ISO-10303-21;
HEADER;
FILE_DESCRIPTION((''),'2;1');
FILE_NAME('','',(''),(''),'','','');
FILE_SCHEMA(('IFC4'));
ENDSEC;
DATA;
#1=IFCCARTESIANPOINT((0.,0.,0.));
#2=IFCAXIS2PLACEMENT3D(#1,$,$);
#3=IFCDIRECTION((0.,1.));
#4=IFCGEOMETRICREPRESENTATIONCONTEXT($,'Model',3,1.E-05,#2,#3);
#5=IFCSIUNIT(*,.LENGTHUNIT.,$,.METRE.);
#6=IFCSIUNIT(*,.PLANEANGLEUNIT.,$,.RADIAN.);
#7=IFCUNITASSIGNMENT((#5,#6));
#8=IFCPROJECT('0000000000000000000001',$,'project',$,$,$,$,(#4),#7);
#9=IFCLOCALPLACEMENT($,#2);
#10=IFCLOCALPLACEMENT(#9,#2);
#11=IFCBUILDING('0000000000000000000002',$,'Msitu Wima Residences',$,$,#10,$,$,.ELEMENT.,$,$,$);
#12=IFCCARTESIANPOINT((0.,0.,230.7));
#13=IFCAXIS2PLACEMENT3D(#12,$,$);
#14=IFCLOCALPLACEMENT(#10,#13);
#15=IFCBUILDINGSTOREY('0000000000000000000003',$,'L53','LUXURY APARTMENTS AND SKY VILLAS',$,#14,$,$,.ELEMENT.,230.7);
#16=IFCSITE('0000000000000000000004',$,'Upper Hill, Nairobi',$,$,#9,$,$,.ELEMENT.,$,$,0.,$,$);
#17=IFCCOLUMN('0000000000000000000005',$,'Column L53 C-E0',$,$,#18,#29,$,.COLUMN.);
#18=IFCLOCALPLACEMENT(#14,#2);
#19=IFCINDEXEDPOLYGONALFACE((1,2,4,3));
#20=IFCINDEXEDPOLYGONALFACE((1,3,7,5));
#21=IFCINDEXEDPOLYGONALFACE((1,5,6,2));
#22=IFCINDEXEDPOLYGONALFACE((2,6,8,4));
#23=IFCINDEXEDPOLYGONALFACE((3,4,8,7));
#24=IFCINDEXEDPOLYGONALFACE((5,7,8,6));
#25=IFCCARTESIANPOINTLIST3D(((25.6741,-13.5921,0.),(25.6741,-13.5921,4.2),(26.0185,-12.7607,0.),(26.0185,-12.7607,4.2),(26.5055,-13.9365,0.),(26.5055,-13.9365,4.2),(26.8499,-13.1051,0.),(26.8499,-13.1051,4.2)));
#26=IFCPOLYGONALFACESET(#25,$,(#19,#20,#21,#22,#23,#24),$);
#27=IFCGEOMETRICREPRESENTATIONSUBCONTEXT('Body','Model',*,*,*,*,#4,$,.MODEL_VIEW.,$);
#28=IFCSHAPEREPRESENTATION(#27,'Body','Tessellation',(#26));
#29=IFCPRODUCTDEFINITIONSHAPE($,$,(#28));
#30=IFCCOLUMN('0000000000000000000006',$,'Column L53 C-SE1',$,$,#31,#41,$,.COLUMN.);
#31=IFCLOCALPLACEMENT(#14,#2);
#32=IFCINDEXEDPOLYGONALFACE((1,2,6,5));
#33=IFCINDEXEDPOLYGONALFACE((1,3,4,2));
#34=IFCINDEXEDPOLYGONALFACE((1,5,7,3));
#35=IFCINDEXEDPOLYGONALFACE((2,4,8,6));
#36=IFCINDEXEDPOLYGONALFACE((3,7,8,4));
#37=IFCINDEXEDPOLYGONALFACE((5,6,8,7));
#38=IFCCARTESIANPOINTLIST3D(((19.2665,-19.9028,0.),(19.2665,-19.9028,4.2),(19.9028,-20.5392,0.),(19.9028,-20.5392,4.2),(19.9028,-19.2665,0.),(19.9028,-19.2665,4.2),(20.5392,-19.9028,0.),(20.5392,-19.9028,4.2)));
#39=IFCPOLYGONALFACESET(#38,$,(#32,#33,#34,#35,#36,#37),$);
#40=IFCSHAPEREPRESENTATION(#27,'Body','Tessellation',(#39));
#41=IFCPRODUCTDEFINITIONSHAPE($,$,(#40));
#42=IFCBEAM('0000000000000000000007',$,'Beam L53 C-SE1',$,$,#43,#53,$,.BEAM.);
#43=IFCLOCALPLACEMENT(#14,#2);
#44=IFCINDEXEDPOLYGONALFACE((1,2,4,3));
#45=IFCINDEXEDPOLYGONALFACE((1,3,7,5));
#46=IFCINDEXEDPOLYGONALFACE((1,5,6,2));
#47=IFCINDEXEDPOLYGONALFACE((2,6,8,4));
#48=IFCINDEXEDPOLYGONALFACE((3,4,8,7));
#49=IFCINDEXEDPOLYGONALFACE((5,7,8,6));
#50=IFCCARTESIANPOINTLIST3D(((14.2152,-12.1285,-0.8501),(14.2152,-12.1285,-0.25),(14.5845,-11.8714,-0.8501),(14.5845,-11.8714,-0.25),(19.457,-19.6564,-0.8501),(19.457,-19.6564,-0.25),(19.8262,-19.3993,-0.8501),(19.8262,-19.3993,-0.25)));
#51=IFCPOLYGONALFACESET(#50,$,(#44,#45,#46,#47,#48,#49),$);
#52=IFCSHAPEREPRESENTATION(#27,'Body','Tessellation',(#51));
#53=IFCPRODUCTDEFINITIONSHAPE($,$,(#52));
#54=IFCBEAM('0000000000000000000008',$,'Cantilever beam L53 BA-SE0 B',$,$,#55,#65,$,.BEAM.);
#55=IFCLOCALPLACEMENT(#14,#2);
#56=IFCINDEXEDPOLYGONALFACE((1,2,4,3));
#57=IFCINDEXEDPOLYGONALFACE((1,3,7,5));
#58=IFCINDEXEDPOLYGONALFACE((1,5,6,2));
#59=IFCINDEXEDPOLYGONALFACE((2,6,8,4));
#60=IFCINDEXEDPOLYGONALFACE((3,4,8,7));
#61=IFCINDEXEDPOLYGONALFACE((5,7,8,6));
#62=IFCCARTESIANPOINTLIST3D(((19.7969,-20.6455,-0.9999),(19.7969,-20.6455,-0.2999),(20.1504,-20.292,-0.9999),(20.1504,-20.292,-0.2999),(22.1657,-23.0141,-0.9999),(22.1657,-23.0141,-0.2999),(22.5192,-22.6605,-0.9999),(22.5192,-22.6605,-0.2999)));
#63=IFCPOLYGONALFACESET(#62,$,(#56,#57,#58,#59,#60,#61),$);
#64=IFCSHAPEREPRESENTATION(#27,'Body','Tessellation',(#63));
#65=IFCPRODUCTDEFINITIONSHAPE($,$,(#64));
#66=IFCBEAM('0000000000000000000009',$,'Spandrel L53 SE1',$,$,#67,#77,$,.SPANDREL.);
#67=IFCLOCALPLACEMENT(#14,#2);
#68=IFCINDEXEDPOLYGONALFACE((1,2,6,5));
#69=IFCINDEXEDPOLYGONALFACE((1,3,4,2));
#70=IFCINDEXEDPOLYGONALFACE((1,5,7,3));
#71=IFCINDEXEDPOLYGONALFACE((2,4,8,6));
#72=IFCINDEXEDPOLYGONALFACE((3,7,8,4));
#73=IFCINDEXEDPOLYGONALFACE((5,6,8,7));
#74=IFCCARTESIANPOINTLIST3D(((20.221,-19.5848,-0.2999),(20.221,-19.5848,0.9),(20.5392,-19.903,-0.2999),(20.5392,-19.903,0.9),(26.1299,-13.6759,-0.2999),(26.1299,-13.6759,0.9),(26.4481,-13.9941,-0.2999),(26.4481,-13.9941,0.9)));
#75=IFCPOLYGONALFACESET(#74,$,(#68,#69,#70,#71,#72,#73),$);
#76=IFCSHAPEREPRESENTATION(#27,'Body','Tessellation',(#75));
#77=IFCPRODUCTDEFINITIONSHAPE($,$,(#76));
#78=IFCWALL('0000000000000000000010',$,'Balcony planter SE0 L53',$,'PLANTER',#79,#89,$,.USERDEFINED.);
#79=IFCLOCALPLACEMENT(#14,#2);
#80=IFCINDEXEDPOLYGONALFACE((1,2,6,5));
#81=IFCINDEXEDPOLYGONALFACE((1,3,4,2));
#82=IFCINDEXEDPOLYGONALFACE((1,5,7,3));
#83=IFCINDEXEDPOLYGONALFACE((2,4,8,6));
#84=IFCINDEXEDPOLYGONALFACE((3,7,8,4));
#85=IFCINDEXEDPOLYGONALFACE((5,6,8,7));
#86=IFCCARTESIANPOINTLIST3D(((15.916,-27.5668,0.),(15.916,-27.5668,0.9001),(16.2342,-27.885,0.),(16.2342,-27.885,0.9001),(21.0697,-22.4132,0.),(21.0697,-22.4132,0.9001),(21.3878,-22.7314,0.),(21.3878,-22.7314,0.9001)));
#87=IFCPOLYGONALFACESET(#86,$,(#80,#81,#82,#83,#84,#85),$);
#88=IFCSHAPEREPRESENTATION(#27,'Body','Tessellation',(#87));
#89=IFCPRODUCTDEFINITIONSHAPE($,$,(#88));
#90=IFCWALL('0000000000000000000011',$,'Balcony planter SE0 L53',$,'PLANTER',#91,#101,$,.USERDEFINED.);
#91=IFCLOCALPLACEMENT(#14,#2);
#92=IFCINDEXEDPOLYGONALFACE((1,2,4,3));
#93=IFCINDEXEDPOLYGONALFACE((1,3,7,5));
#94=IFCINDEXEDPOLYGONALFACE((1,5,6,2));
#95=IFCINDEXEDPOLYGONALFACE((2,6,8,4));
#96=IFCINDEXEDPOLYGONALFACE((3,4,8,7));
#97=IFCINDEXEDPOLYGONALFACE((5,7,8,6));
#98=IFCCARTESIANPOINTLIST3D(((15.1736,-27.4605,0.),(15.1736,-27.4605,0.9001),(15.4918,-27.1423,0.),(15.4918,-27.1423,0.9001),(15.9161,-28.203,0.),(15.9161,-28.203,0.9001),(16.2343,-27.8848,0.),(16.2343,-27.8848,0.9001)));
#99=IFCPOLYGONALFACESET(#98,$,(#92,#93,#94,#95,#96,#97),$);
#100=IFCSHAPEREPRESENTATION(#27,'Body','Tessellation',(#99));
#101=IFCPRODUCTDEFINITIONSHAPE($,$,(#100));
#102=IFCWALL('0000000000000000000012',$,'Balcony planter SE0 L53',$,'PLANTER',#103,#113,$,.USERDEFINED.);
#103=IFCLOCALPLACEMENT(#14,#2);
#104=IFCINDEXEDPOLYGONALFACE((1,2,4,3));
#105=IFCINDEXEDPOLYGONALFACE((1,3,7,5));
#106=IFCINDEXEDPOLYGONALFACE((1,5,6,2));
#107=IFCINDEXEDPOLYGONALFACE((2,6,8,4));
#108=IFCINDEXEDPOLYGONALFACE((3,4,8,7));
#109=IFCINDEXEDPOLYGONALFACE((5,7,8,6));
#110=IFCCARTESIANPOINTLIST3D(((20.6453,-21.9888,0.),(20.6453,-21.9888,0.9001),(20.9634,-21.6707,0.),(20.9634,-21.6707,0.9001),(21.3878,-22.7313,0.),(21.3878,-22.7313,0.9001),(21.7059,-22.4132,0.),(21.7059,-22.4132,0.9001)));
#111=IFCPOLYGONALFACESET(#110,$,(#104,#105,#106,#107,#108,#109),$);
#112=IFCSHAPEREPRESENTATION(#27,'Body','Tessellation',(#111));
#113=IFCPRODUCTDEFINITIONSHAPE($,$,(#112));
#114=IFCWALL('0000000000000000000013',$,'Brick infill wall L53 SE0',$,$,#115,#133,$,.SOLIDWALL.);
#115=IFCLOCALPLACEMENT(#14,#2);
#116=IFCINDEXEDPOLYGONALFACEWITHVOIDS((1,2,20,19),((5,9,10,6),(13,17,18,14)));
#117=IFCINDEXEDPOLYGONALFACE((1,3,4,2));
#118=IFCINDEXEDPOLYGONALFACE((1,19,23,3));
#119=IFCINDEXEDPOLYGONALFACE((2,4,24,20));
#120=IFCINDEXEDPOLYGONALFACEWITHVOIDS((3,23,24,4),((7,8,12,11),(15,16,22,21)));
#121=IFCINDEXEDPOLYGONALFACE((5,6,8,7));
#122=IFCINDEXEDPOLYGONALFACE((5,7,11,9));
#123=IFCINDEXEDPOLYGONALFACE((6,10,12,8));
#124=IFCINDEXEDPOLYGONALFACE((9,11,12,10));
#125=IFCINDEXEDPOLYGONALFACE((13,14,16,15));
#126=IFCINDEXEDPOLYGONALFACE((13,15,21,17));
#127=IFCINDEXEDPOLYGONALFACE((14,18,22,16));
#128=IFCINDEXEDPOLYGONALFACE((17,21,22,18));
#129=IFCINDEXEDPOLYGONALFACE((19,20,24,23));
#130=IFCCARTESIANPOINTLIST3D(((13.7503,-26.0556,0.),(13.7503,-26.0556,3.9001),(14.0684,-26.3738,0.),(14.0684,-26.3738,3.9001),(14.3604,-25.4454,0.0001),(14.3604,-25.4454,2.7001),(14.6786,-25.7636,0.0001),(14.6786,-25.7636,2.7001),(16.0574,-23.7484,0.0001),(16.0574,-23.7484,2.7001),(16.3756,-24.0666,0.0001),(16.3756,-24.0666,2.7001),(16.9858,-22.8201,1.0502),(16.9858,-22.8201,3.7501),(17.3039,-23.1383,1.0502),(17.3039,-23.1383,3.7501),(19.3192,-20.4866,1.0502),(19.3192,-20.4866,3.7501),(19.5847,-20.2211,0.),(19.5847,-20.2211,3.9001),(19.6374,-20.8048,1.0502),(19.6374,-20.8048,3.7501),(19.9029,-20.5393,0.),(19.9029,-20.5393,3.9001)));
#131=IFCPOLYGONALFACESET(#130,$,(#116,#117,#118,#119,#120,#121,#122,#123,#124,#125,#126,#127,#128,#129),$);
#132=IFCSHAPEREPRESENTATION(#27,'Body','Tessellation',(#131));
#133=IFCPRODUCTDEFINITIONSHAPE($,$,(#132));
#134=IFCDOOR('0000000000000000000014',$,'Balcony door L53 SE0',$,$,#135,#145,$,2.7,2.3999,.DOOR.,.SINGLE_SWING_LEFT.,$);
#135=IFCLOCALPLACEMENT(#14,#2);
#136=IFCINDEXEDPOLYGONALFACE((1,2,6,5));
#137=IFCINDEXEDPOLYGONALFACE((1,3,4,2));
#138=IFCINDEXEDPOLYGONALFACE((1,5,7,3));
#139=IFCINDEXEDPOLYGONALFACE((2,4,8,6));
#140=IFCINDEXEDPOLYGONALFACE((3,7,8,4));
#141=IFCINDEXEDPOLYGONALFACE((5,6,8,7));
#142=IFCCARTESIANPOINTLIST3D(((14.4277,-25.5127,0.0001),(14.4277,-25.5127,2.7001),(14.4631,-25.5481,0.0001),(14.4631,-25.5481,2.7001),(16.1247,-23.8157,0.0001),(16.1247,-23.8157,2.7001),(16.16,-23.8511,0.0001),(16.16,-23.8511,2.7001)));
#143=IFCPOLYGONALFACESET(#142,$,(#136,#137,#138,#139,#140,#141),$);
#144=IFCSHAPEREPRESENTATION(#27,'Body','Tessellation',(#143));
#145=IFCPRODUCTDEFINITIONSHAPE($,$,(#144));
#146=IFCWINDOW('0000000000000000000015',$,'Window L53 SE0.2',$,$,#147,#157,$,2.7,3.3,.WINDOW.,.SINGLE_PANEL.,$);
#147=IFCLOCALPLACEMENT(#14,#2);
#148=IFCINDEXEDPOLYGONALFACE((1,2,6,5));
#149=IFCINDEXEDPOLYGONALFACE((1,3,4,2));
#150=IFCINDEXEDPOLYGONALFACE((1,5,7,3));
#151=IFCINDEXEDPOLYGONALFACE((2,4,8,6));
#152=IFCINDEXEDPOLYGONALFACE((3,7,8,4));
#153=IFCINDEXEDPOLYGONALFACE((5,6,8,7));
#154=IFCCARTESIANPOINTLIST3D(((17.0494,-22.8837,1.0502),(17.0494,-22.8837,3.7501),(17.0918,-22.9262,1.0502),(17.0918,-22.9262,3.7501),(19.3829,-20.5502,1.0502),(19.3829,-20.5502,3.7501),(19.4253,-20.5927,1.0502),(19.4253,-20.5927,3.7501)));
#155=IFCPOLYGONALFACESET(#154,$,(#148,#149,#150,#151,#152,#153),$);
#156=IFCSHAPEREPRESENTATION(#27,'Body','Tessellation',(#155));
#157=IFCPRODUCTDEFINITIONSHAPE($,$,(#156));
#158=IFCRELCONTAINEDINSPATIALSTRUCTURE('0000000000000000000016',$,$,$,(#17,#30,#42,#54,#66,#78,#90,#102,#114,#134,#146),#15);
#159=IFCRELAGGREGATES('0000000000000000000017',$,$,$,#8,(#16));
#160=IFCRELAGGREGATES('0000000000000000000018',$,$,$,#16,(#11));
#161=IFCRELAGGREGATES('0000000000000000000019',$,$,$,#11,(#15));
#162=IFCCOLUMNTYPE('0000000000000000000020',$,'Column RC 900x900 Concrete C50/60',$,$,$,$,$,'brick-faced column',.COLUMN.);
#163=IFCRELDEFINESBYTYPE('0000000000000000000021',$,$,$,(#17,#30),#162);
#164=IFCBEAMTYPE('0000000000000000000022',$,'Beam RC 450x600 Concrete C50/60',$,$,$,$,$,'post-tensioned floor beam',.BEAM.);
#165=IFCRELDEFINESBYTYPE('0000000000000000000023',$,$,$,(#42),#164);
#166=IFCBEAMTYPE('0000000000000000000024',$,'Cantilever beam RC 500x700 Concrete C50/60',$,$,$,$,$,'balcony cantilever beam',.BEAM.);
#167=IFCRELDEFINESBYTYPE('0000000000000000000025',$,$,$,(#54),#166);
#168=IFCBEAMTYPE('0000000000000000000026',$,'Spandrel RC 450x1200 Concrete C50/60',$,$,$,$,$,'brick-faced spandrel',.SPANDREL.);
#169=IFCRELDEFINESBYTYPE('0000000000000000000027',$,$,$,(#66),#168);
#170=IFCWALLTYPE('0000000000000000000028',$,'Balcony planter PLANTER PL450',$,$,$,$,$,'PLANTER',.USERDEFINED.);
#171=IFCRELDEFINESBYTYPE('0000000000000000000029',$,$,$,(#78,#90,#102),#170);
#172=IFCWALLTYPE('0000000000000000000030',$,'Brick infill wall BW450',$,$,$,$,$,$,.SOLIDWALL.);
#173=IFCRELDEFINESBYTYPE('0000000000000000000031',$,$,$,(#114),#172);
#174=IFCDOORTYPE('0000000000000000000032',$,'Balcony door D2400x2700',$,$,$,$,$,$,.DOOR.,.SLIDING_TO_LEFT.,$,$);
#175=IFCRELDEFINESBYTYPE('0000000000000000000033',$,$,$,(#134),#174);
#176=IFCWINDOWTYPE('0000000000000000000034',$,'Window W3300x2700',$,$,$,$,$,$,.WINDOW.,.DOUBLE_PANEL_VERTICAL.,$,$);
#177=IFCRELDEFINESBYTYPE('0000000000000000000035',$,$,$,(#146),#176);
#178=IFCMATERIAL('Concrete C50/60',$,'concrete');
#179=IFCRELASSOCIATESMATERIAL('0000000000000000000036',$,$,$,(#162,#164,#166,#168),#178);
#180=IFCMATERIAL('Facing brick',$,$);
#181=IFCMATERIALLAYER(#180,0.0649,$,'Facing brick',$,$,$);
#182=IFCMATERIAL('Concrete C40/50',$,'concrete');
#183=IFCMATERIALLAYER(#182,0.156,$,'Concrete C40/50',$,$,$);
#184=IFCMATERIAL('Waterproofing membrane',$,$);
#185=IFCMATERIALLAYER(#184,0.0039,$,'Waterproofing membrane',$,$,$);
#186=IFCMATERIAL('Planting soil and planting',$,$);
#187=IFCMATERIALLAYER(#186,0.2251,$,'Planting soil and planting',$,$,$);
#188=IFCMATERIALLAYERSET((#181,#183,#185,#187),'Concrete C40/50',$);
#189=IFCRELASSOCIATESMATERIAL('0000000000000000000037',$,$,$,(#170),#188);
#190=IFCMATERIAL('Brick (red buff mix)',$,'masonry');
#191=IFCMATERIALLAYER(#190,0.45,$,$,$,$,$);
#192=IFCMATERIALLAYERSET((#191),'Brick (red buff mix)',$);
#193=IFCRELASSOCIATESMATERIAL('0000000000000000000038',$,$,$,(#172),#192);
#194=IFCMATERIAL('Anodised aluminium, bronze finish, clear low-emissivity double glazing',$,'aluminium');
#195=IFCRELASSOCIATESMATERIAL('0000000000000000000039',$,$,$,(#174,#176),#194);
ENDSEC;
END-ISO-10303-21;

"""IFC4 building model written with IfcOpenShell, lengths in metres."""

from ifc_helpers import new_model, si_unit, direction, frame, frame_2d, origin, origin_2d, place, context, subcontext, project, spatial, rectangle, extrude, material, layer, layer_set, material_profile, profile_set, type_object, element, fill, save


model = new_model("IFC4")

# Units and contexts
model_context = context("Model", 3, precision=1e-05, world=origin(), true_north=direction((0.0, 1.0)))
body_context = subcontext(model_context, "Body", "Model", "MODEL_VIEW")
ifc_project = project(units=[si_unit("LENGTHUNIT", "METRE"), si_unit("PLANEANGLEUNIT", "RADIAN")], contexts=[model_context])

# Site, building, storey
site_placement = place(None, origin())
site = spatial("IfcSite", under=ifc_project, at=site_placement, Name="Upper Hill, Nairobi", CompositionType="ELEMENT", RefElevation=0.0)
building_placement = place(site_placement, origin())
building = spatial("IfcBuilding", under=site, at=building_placement, Name="Msitu Wima Residences", CompositionType="ELEMENT")
storey_placement = place(building_placement, frame((0.0, 0.0, 230.7)))
storey = spatial("IfcBuildingStorey", under=building, at=storey_placement, Name="L53", Description="LUXURY APARTMENTS AND SKY VILLAS", CompositionType="ELEMENT", Elevation=230.7)

# Columns
ifc_material_1 = material(Name="Concrete C50/60", Category="concrete")
ifc_material_profile_1 = material_profile(ifc_material_1, rectangle(XDim=0.8999, YDim=0.8999, at=origin_2d()), Name="RC 900x900")
ifc_profile_set_1 = profile_set([ifc_material_profile_1], Name="Concrete C50/60")
column_type = type_object("IfcColumnType", Name="Column RC 900x900 Concrete C50/60", ElementType="brick-faced column", PredefinedType="COLUMN", material=ifc_profile_set_1)
for number, where, z_axis, x_axis, name in (
    (1, (26.262, -13.3486, 0.0), (0.0, 0.0, 1.0), (0.382683, 0.92388, 0.0), "Column L53 C-E0"),
    (2, (19.9028, -19.9028, 0.0), (0.0, 0.0, 1.0), (0.707107, 0.707107, 0.0), "Column L53 C-SE1"),
):
    element("IfcColumn", number, at=place(storey_placement, frame(where, z_axis=z_axis, x_axis=x_axis)), inside=storey, type_object=column_type, Name=name, PredefinedType="COLUMN", context=body_context, shape_type="SweptSolid", body=[
        extrude(rectangle(XDim=0.8999, YDim=0.8999, at=origin_2d()), origin(), (0.0, 0.0, 1.0), 4.2),
    ])

# Beams
ifc_material_profile_2 = material_profile(ifc_material_1, rectangle(XDim=0.45, YDim=0.6001, at=origin_2d()), Name="RC 450x600")
ifc_profile_set_2 = profile_set([ifc_material_profile_2], Name="Concrete C50/60")
beam_type_1 = type_object("IfcBeamType", Name="Beam RC 450x600 Concrete C50/60", ElementType="post-tensioned floor beam", PredefinedType="BEAM", material=ifc_profile_set_2)
beam_1_placement = place(storey_placement, frame((19.6416, -19.5278, -0.55), z_axis=(-0.571428, 0.820652, 0.0), x_axis=(-0.820652, -0.571428, 0.0)))
element("IfcBeam", 3, at=beam_1_placement, inside=storey, type_object=beam_type_1, Name="Beam L53 C-SE1", PredefinedType="BEAM", context=body_context, shape_type="SweptSolid", body=[
    extrude(rectangle(XDim=0.45, YDim=0.6001, at=origin_2d()), origin(), (0.0, 0.0, 1.0), 9.1731),
])
ifc_material_profile_3 = material_profile(ifc_material_1, rectangle(XDim=0.5, YDim=0.7, at=origin_2d()), Name="RC 500x700")
ifc_profile_set_3 = profile_set([ifc_material_profile_3], Name="Concrete C50/60")
beam_type_2 = type_object("IfcBeamType", Name="Cantilever beam RC 500x700 Concrete C50/60", ElementType="balcony cantilever beam", PredefinedType="BEAM", material=ifc_profile_set_3)
beam_2_placement = place(storey_placement, frame((19.9736, -20.4688, -0.6499), z_axis=(0.707143, -0.70707, 0.0), x_axis=(0.70707, 0.707143, 0.0)))
element("IfcBeam", 4, at=beam_2_placement, inside=storey, type_object=beam_type_2, Name="Cantilever beam L53 BA-SE0 B", PredefinedType="BEAM", context=body_context, shape_type="SweptSolid", body=[
    extrude(rectangle(XDim=0.5, YDim=0.7, at=origin_2d()), origin(), (0.0, 0.0, 1.0), 3.3499),
])
ifc_material_profile_4 = material_profile(ifc_material_1, rectangle(XDim=0.45, YDim=1.2, at=origin_2d()), Name="RC 450x1200")
ifc_profile_set_4 = profile_set([ifc_material_profile_4], Name="Concrete C50/60")
beam_type_3 = type_object("IfcBeamType", Name="Spandrel RC 450x1200 Concrete C50/60", ElementType="brick-faced spandrel", PredefinedType="SPANDREL", material=ifc_profile_set_4)
beam_3_placement = place(storey_placement, frame((20.3801, -19.7439, 0.3), z_axis=(0.707107, 0.707107, 0.0), x_axis=(-0.707107, 0.707107, 0.0)))
element("IfcBeam", 5, at=beam_3_placement, inside=storey, type_object=beam_type_3, Name="Spandrel L53 SE1", PredefinedType="SPANDREL", context=body_context, shape_type="SweptSolid", body=[
    extrude(rectangle(XDim=0.45, YDim=1.2, at=origin_2d()), origin(), (0.0, 0.0, 1.0), 8.3564),
])

# Walls
ifc_material_2 = material(Name="Facing brick")
ifc_layer_1 = layer(ifc_material_2, 0.0649, Name="Facing brick")
ifc_material_3 = material(Name="Concrete C40/50", Category="concrete")
ifc_layer_2 = layer(ifc_material_3, 0.156, Name="Concrete C40/50")
ifc_material_4 = material(Name="Waterproofing membrane")
ifc_layer_3 = layer(ifc_material_4, 0.0039, Name="Waterproofing membrane")
ifc_material_5 = material(Name="Planting soil and planting")
ifc_layer_4 = layer(ifc_material_5, 0.2251, Name="Planting soil and planting")
ifc_layer_set_1 = layer_set([ifc_layer_1, ifc_layer_2, ifc_layer_3, ifc_layer_4], Name="Concrete C40/50")
wall_type_1 = type_object("IfcWallType", Name="Balcony planter PLANTER PL450", ElementType="PLANTER", PredefinedType="USERDEFINED", material=ifc_layer_set_1)
wall_1_placement = place(storey_placement, frame((16.0752, -27.7258, 0.0), z_axis=(0.0, 0.0, 1.0), x_axis=(0.707107, 0.707107, 0.0)))
element("IfcWall", 6, at=wall_1_placement, inside=storey, type_object=wall_type_1, Name="Balcony planter SE0 L53", ObjectType="PLANTER", PredefinedType="USERDEFINED", context=body_context, shape_type="SweptSolid", body=[
    extrude(rectangle(XDim=7.2883, YDim=0.45, at=frame_2d((3.644, 0.0))), origin(), (0.0, 0.0, 1.0), 0.9001),
])
for number, where, z_axis, x_axis, name in (
    (7, (15.3328, -27.3015, 0.0), (0.0, 0.0, 1.0), (0.707107, -0.707107, 0.0), "Balcony planter SE0 L53"),
    (8, (20.8044, -21.8298, 0.0), (0.0, 0.0, 1.0), (0.707107, -0.707107, 0.0), "Balcony planter SE0 L53"),
):
    element("IfcWall", number, at=place(storey_placement, frame(where, z_axis=z_axis, x_axis=x_axis)), inside=storey, type_object=wall_type_1, Name=name, ObjectType="PLANTER", PredefinedType="USERDEFINED", context=body_context, shape_type="SweptSolid", body=[
        extrude(rectangle(XDim=1.05, YDim=0.45, at=frame_2d((0.5249, 0.0))), origin(), (0.0, 0.0, 1.0), 0.9001),
    ])

# Wall, openings, door, window
ifc_material_6 = material(Name="Brick (red buff mix)", Category="masonry")
ifc_layer_5 = layer(ifc_material_6, 0.45)
ifc_layer_set_2 = layer_set([ifc_layer_5], Name="Brick (red buff mix)")
wall_type_2 = type_object("IfcWallType", Name="Brick infill wall BW450", PredefinedType="SOLIDWALL", material=ifc_layer_set_2)
wall_2_placement = place(storey_placement, frame((13.9094, -26.2146, 0.0), z_axis=(0.0, 0.0, 1.0), x_axis=(0.707107, 0.707107, 0.0)))
wall_2 = element("IfcWall", 9, at=wall_2_placement, inside=storey, type_object=wall_type_2, Name="Brick infill wall L53 SE0", PredefinedType="SOLIDWALL", context=body_context, shape_type="SweptSolid", body=[
    extrude(rectangle(XDim=8.2512, YDim=0.45, at=frame_2d((4.1255, 0.0))), origin(), (0.0, 0.0, 1.0), 3.9001),
])
opening_1_placement = place(wall_2_placement, frame((0.8628, 0.0, 0.0)))
opening_1 = element("IfcOpeningElement", 10, at=opening_1_placement, cuts=wall_2, PredefinedType="OPENING", context=body_context, shape_type="SweptSolid", body=[
    extrude(rectangle(XDim=2.3999, YDim=2.7, at=frame_2d((1.2, 1.3501))), frame((0.0, 0.2349, 0.0), z_axis=(0.0, -1.0, 0.0), x_axis=(1.0, 0.0, 0.0)), (0.0, 0.0, 1.0), 0.47),
])
opening_2_placement = place(wall_2_placement, frame((4.5757, 0.0, 1.05)))
opening_2 = element("IfcOpeningElement", 11, at=opening_2_placement, cuts=wall_2, PredefinedType="OPENING", context=body_context, shape_type="SweptSolid", body=[
    extrude(rectangle(XDim=3.3, YDim=2.7, at=frame_2d((1.6499, 1.3501))), frame((0.0, 0.2349, 0.0), z_axis=(0.0, -1.0, 0.0), x_axis=(1.0, 0.0, 0.0)), (0.0, 0.0, 1.0), 0.47),
])
ifc_material_7 = material(Name="Anodised aluminium, bronze finish, clear low-emissivity double glazing", Category="aluminium")
door_type_1 = type_object("IfcDoorType", Name="Balcony door D2400x2700", OperationType="SLIDING_TO_LEFT", PredefinedType="DOOR", material=ifc_material_7)
door_1_placement = place(opening_1_placement, origin())
door_1 = element("IfcDoor", 12, at=door_1_placement, inside=storey, type_object=door_type_1, Name="Balcony door L53 SE0", OperationType="SINGLE_SWING_LEFT", OverallHeight=2.7, OverallWidth=2.3999, PredefinedType="DOOR", context=body_context, shape_type="SweptSolid", body=[
    extrude(rectangle(XDim=2.3999, YDim=2.7, at=frame_2d((1.2, 1.3501))), frame((0.0, 0.1299, 0.0), z_axis=(0.0, -1.0, 0.0), x_axis=(1.0, 0.0, 0.0)), (0.0, 0.0, 1.0), 0.05),
])
fill(opening_1, door_1)
window_type = type_object("IfcWindowType", Name="Window W3300x2700", PartitioningType="DOUBLE_PANEL_VERTICAL", PredefinedType="WINDOW", material=ifc_material_7)
window_1_placement = place(opening_2_placement, origin())
window_1 = element("IfcWindow", 13, at=window_1_placement, inside=storey, type_object=window_type, Name="Window L53 SE0.2", OverallHeight=2.7, OverallWidth=3.3, PartitioningType="SINGLE_PANEL", PredefinedType="WINDOW", context=body_context, shape_type="SweptSolid", body=[
    extrude(rectangle(XDim=3.3, YDim=2.7, at=frame_2d((1.6499, 1.3501))), frame((0.0, 0.135, 0.0), z_axis=(0.0, -1.0, 0.0), x_axis=(1.0, 0.0, 0.0)), (0.0, 0.0, 1.0), 0.0601),
])
fill(opening_2, window_1)

save(model, "model.ifc")
